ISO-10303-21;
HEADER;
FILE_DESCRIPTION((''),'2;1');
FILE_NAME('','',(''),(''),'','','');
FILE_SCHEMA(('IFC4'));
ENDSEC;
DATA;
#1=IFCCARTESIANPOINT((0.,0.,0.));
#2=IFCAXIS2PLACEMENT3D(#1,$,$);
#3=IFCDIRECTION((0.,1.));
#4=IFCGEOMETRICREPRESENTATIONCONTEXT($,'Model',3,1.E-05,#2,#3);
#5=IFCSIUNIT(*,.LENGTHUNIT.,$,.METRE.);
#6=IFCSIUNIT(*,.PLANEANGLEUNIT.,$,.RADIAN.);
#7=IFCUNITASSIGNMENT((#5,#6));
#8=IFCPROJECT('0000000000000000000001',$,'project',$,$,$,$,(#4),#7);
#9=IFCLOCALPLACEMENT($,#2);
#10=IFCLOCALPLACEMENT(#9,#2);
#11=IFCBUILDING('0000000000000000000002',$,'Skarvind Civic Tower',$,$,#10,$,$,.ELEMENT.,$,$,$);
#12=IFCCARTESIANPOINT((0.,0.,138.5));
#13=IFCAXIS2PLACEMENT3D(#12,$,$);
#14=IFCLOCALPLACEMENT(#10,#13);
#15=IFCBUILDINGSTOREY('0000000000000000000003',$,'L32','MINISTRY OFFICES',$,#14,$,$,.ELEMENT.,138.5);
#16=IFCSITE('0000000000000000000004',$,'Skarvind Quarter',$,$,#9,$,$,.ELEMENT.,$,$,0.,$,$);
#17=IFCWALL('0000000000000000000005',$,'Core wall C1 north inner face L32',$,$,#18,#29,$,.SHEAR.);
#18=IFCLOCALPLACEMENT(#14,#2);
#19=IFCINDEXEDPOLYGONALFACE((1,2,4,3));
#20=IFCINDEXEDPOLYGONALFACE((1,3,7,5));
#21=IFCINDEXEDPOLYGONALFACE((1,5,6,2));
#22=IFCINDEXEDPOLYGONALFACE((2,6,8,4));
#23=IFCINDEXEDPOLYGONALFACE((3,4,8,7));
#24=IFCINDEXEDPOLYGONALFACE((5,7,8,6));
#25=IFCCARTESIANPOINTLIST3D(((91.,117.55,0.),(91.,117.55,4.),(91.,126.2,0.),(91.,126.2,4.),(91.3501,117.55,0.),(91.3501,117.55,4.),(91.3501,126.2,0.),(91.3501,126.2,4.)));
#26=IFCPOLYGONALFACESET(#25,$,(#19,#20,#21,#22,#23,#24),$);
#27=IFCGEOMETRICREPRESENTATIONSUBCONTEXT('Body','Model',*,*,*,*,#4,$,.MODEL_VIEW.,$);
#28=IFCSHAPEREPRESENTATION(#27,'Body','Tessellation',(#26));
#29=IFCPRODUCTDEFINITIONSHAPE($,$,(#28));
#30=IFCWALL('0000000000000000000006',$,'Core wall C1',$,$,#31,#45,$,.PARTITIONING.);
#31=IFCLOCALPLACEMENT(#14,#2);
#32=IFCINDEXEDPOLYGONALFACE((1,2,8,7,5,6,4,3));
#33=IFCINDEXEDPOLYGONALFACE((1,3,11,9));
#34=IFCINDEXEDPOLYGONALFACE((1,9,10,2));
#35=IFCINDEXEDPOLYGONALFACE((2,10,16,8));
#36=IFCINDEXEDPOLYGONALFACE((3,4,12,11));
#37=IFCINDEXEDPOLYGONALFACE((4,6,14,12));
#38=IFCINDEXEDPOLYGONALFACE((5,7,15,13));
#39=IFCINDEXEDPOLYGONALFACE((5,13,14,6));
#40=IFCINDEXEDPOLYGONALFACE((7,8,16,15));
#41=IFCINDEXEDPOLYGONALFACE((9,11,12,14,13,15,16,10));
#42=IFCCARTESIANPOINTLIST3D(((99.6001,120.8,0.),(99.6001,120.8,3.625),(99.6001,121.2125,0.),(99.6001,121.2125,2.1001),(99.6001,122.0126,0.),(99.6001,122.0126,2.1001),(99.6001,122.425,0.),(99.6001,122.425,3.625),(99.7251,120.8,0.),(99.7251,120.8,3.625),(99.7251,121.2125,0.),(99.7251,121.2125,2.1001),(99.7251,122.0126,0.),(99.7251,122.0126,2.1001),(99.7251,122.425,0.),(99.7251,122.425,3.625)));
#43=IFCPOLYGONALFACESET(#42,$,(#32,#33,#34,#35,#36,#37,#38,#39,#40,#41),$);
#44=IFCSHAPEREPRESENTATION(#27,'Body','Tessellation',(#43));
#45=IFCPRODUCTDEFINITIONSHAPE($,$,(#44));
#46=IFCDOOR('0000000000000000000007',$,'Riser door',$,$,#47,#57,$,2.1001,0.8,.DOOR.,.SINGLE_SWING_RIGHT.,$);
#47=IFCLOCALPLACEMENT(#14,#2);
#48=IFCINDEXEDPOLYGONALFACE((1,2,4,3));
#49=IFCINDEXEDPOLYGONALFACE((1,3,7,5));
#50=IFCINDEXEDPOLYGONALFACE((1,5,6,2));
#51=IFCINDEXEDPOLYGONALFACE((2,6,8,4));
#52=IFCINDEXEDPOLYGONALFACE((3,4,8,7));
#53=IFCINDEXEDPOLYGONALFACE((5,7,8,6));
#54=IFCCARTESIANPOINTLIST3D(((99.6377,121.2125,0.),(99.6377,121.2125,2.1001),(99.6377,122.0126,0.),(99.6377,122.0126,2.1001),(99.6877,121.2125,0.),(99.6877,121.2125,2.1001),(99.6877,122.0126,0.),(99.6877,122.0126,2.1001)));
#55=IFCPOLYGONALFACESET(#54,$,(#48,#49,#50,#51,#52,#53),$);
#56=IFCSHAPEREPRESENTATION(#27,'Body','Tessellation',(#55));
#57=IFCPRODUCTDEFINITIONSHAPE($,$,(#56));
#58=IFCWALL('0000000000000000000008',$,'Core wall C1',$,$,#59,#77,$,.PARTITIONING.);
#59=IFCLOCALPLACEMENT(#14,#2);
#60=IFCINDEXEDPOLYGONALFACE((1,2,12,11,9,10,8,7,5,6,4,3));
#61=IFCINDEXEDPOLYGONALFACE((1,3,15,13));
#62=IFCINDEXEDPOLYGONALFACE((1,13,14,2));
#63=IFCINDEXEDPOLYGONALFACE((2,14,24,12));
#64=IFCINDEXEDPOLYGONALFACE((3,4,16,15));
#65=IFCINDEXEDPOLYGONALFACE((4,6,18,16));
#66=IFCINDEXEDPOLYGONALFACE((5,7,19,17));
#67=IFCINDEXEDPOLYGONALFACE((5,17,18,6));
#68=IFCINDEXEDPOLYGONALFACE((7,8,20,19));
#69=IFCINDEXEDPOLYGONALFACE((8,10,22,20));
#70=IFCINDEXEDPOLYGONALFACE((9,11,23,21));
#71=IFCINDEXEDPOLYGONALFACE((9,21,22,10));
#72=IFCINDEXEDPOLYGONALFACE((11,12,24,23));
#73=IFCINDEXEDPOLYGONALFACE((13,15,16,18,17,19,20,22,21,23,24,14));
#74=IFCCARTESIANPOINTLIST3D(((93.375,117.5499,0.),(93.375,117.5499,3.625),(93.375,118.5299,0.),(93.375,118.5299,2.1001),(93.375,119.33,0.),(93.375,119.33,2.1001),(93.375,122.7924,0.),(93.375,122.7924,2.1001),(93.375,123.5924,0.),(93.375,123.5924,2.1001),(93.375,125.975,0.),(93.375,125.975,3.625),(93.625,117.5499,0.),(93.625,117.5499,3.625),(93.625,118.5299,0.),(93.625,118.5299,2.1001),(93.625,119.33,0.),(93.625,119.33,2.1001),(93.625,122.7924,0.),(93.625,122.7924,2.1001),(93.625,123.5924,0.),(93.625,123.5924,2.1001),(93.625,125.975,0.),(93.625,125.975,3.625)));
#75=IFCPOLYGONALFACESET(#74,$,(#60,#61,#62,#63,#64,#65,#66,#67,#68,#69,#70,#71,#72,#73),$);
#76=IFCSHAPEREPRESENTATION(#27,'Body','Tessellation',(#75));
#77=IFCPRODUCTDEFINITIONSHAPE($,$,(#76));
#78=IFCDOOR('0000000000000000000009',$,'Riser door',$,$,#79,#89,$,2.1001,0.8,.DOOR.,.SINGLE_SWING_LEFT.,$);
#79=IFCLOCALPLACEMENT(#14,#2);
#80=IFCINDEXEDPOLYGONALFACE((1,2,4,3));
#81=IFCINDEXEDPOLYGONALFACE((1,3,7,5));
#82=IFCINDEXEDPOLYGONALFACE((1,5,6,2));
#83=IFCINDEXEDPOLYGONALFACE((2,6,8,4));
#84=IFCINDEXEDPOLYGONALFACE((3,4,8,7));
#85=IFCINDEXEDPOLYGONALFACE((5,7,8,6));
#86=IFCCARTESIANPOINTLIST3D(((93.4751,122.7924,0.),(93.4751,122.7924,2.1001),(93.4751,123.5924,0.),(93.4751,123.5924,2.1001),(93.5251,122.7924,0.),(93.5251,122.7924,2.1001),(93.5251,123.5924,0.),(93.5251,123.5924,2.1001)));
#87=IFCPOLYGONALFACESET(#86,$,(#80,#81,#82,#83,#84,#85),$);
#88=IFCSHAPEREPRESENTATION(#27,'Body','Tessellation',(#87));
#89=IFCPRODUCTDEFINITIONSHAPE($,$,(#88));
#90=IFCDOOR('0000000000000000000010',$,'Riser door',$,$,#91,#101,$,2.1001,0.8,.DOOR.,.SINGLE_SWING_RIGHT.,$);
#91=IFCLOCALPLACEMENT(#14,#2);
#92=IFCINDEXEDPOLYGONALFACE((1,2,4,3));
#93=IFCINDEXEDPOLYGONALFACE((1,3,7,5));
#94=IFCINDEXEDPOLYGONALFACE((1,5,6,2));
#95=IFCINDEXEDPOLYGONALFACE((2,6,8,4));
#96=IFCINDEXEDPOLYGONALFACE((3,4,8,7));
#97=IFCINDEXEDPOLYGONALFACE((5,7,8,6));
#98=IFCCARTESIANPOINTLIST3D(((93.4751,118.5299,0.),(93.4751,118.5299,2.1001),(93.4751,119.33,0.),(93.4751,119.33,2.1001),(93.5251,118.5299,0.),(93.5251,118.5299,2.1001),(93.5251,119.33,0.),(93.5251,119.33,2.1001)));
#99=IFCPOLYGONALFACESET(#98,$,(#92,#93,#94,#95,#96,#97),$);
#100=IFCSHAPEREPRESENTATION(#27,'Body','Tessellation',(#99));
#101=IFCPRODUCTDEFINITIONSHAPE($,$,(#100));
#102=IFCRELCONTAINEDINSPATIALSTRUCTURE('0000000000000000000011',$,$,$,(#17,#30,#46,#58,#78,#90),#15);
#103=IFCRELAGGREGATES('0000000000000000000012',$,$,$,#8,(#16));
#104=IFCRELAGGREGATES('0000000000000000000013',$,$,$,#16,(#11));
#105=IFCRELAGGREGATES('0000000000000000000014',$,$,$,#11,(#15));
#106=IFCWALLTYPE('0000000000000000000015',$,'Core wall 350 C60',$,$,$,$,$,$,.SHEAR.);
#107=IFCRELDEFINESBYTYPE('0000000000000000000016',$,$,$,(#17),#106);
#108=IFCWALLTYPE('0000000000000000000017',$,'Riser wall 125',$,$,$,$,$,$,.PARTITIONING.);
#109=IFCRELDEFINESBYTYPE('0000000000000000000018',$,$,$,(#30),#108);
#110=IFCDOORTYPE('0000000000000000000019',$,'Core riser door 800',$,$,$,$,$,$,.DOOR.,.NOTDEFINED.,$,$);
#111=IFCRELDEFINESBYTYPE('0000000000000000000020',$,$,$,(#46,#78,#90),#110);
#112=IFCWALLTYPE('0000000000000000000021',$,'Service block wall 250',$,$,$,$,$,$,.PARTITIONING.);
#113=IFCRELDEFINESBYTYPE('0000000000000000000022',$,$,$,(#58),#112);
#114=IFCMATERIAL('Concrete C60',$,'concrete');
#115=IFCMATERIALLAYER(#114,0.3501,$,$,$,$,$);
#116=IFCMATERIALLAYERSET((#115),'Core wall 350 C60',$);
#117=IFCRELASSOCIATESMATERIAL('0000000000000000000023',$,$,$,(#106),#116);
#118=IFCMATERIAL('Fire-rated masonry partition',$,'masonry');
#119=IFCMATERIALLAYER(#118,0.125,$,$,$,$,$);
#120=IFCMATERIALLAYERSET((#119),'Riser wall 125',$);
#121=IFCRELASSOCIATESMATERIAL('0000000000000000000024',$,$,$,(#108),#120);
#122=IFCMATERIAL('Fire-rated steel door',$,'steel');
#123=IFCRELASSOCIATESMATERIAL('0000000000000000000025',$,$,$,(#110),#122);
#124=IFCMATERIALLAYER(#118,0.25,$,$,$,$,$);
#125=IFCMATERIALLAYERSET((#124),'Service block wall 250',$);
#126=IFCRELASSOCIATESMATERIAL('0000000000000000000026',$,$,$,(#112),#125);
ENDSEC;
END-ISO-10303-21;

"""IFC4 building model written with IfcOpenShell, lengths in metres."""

from ifc_helpers import new_model, si_unit, direction, frame, frame_2d, origin, place, context, subcontext, project, spatial, rectangle, extrude, material, layer, layer_set, type_object, element, fill, save


model = new_model("IFC4")

# Units and contexts
model_context = context("Model", 3, precision=1e-05, world=origin(), true_north=direction((0.0, 1.0)))
body_context = subcontext(model_context, "Body", "Model", "MODEL_VIEW")
ifc_project = project(units=[si_unit("LENGTHUNIT", "METRE"), si_unit("PLANEANGLEUNIT", "RADIAN")], contexts=[model_context])

# Site, building, storey
site_placement = place(None, origin())
site = spatial("IfcSite", under=ifc_project, at=site_placement, Name="Skarvind Quarter", CompositionType="ELEMENT", RefElevation=0.0)
building_placement = place(site_placement, origin())
building = spatial("IfcBuilding", under=site, at=building_placement, Name="Skarvind Civic Tower", CompositionType="ELEMENT")
storey_placement = place(building_placement, frame((0.0, 0.0, 138.5)))
storey = spatial("IfcBuildingStorey", under=building, at=storey_placement, Name="L32", Description="MINISTRY OFFICES", CompositionType="ELEMENT", Elevation=138.5)

# Shared definitions
ifc_material_1 = material(Name="Concrete C60", Category="concrete")

# Shared definitions
ifc_material_2 = material(Name="Fire-rated masonry partition", Category="masonry")
ifc_material_3 = material(Name="Fire-rated steel door", Category="steel")

# Wall
ifc_layer_1 = layer(ifc_material_1, 0.3501)
ifc_layer_set_1 = layer_set([ifc_layer_1], Name="Core wall 350 C60")
wall_type_1 = type_object("IfcWallType", Name="Core wall 350 C60", PredefinedType="SHEAR", material=ifc_layer_set_1)
wall_1_placement = place(storey_placement, frame((91.175, 126.2, 0.0), z_axis=(0.0, 0.0, 1.0), x_axis=(0.0, -1.0, 0.0)))
element("IfcWall", 1, at=wall_1_placement, inside=storey, type_object=wall_type_1, Name="Core wall C1 north inner face L32", PredefinedType="SHEAR", context=body_context, shape_type="SweptSolid", body=[
    extrude(rectangle(XDim=8.6499, YDim=0.3501, at=frame_2d((4.325, 0.0))), origin(), (0.0, 0.0, 1.0), 4.0),
])

# Wall, opening, door
ifc_layer_2 = layer(ifc_material_2, 0.125)
ifc_layer_set_2 = layer_set([ifc_layer_2], Name="Riser wall 125")
wall_type_2 = type_object("IfcWallType", Name="Riser wall 125", PredefinedType="PARTITIONING", material=ifc_layer_set_2)
wall_2_placement = place(storey_placement, frame((99.6626, 120.8, 0.0), z_axis=(0.0, 0.0, 1.0), x_axis=(0.0, 1.0, 0.0)))
wall_2 = element("IfcWall", 2, at=wall_2_placement, inside=storey, type_object=wall_type_2, Name="Core wall C1", PredefinedType="PARTITIONING", context=body_context, shape_type="SweptSolid", body=[
    extrude(rectangle(XDim=1.625, YDim=0.125, at=frame_2d((0.8125, 0.0))), origin(), (0.0, 0.0, 1.0), 3.625),
])
opening_1_placement = place(wall_2_placement, frame((0.4126, 0.0, 0.0)))
opening_1 = element("IfcOpeningElement", 3, at=opening_1_placement, cuts=wall_2, PredefinedType="OPENING", context=body_context, shape_type="SweptSolid", body=[
    extrude(rectangle(XDim=0.8, YDim=2.1001, at=frame_2d((0.3999, 1.05))), frame((0.0, 0.0725, 0.0), z_axis=(0.0, -1.0, 0.0), x_axis=(1.0, 0.0, 0.0)), (0.0, 0.0, 1.0), 0.145),
])
door_type_1 = type_object("IfcDoorType", Name="Core riser door 800", OperationType="NOTDEFINED", PredefinedType="DOOR", material=ifc_material_3)
door_1_placement = place(opening_1_placement, origin())
door_1 = element("IfcDoor", 4, at=door_1_placement, inside=storey, type_object=door_type_1, Name="Riser door", OperationType="SINGLE_SWING_RIGHT", OverallHeight=2.1001, OverallWidth=0.8, PredefinedType="DOOR", context=body_context, shape_type="SweptSolid", body=[
    extrude(rectangle(XDim=0.8, YDim=2.1001, at=frame_2d((0.3999, 1.05))), frame((0.0, 0.0249, 0.0), z_axis=(0.0, -1.0, 0.0), x_axis=(1.0, 0.0, 0.0)), (0.0, 0.0, 1.0), 0.05),
])
fill(opening_1, door_1)

# Wall, openings, doors
ifc_layer_3 = layer(ifc_material_2, 0.25)
ifc_layer_set_3 = layer_set([ifc_layer_3], Name="Service block wall 250")
wall_type_3 = type_object("IfcWallType", Name="Service block wall 250", PredefinedType="PARTITIONING", material=ifc_layer_set_3)
wall_3_placement = place(storey_placement, frame((93.5, 117.55, 0.0), z_axis=(0.0, 0.0, 1.0), x_axis=(0.0, 1.0, 0.0)))
wall_3 = element("IfcWall", 5, at=wall_3_placement, inside=storey, type_object=wall_type_3, Name="Core wall C1", PredefinedType="PARTITIONING", context=body_context, shape_type="SweptSolid", body=[
    extrude(rectangle(XDim=8.425, YDim=0.25, at=frame_2d((4.2124, 0.0))), origin(), (0.0, 0.0, 1.0), 3.625),
])
opening_2_placement = place(wall_3_placement, frame((5.2424, 0.0, 0.0)))
opening_2 = element("IfcOpeningElement", 6, at=opening_2_placement, cuts=wall_3, PredefinedType="OPENING", context=body_context, shape_type="SweptSolid", body=[
    extrude(rectangle(XDim=0.8, YDim=2.1001, at=frame_2d((0.3999, 1.05))), frame((0.0, 0.135, 0.0), z_axis=(0.0, -1.0, 0.0), x_axis=(1.0, 0.0, 0.0)), (0.0, 0.0, 1.0), 0.27),
])
opening_3_placement = place(wall_3_placement, frame((0.98, 0.0, 0.0)))
opening_3 = element("IfcOpeningElement", 7, at=opening_3_placement, cuts=wall_3, PredefinedType="OPENING", context=body_context, shape_type="SweptSolid", body=[
    extrude(rectangle(XDim=0.8, YDim=2.1001, at=frame_2d((0.3999, 1.05))), frame((0.0, 0.135, 0.0), z_axis=(0.0, -1.0, 0.0), x_axis=(1.0, 0.0, 0.0)), (0.0, 0.0, 1.0), 0.27),
])
door_2_placement = place(opening_2_placement, origin())
door_2 = element("IfcDoor", 8, at=door_2_placement, inside=storey, type_object=door_type_1, Name="Riser door", OperationType="SINGLE_SWING_LEFT", OverallHeight=2.1001, OverallWidth=0.8, PredefinedType="DOOR", context=body_context, shape_type="SweptSolid", body=[
    extrude(rectangle(XDim=0.8, YDim=2.1001, at=frame_2d((0.3999, 1.05))), frame((0.0, 0.0249, 0.0), z_axis=(0.0, -1.0, 0.0), x_axis=(1.0, 0.0, 0.0)), (0.0, 0.0, 1.0), 0.05),
])
fill(opening_2, door_2)
door_3_placement = place(opening_3_placement, origin())
door_3 = element("IfcDoor", 9, at=door_3_placement, inside=storey, type_object=door_type_1, Name="Riser door", OperationType="SINGLE_SWING_RIGHT", OverallHeight=2.1001, OverallWidth=0.8, PredefinedType="DOOR", context=body_context, shape_type="SweptSolid", body=[
    extrude(rectangle(XDim=0.8, YDim=2.1001, at=frame_2d((0.3999, 1.05))), frame((0.0, 0.0249, 0.0), z_axis=(0.0, -1.0, 0.0), x_axis=(1.0, 0.0, 0.0)), (0.0, 0.0, 1.0), 0.05),
])
fill(opening_3, door_3)

save(model, "model.ifc")
